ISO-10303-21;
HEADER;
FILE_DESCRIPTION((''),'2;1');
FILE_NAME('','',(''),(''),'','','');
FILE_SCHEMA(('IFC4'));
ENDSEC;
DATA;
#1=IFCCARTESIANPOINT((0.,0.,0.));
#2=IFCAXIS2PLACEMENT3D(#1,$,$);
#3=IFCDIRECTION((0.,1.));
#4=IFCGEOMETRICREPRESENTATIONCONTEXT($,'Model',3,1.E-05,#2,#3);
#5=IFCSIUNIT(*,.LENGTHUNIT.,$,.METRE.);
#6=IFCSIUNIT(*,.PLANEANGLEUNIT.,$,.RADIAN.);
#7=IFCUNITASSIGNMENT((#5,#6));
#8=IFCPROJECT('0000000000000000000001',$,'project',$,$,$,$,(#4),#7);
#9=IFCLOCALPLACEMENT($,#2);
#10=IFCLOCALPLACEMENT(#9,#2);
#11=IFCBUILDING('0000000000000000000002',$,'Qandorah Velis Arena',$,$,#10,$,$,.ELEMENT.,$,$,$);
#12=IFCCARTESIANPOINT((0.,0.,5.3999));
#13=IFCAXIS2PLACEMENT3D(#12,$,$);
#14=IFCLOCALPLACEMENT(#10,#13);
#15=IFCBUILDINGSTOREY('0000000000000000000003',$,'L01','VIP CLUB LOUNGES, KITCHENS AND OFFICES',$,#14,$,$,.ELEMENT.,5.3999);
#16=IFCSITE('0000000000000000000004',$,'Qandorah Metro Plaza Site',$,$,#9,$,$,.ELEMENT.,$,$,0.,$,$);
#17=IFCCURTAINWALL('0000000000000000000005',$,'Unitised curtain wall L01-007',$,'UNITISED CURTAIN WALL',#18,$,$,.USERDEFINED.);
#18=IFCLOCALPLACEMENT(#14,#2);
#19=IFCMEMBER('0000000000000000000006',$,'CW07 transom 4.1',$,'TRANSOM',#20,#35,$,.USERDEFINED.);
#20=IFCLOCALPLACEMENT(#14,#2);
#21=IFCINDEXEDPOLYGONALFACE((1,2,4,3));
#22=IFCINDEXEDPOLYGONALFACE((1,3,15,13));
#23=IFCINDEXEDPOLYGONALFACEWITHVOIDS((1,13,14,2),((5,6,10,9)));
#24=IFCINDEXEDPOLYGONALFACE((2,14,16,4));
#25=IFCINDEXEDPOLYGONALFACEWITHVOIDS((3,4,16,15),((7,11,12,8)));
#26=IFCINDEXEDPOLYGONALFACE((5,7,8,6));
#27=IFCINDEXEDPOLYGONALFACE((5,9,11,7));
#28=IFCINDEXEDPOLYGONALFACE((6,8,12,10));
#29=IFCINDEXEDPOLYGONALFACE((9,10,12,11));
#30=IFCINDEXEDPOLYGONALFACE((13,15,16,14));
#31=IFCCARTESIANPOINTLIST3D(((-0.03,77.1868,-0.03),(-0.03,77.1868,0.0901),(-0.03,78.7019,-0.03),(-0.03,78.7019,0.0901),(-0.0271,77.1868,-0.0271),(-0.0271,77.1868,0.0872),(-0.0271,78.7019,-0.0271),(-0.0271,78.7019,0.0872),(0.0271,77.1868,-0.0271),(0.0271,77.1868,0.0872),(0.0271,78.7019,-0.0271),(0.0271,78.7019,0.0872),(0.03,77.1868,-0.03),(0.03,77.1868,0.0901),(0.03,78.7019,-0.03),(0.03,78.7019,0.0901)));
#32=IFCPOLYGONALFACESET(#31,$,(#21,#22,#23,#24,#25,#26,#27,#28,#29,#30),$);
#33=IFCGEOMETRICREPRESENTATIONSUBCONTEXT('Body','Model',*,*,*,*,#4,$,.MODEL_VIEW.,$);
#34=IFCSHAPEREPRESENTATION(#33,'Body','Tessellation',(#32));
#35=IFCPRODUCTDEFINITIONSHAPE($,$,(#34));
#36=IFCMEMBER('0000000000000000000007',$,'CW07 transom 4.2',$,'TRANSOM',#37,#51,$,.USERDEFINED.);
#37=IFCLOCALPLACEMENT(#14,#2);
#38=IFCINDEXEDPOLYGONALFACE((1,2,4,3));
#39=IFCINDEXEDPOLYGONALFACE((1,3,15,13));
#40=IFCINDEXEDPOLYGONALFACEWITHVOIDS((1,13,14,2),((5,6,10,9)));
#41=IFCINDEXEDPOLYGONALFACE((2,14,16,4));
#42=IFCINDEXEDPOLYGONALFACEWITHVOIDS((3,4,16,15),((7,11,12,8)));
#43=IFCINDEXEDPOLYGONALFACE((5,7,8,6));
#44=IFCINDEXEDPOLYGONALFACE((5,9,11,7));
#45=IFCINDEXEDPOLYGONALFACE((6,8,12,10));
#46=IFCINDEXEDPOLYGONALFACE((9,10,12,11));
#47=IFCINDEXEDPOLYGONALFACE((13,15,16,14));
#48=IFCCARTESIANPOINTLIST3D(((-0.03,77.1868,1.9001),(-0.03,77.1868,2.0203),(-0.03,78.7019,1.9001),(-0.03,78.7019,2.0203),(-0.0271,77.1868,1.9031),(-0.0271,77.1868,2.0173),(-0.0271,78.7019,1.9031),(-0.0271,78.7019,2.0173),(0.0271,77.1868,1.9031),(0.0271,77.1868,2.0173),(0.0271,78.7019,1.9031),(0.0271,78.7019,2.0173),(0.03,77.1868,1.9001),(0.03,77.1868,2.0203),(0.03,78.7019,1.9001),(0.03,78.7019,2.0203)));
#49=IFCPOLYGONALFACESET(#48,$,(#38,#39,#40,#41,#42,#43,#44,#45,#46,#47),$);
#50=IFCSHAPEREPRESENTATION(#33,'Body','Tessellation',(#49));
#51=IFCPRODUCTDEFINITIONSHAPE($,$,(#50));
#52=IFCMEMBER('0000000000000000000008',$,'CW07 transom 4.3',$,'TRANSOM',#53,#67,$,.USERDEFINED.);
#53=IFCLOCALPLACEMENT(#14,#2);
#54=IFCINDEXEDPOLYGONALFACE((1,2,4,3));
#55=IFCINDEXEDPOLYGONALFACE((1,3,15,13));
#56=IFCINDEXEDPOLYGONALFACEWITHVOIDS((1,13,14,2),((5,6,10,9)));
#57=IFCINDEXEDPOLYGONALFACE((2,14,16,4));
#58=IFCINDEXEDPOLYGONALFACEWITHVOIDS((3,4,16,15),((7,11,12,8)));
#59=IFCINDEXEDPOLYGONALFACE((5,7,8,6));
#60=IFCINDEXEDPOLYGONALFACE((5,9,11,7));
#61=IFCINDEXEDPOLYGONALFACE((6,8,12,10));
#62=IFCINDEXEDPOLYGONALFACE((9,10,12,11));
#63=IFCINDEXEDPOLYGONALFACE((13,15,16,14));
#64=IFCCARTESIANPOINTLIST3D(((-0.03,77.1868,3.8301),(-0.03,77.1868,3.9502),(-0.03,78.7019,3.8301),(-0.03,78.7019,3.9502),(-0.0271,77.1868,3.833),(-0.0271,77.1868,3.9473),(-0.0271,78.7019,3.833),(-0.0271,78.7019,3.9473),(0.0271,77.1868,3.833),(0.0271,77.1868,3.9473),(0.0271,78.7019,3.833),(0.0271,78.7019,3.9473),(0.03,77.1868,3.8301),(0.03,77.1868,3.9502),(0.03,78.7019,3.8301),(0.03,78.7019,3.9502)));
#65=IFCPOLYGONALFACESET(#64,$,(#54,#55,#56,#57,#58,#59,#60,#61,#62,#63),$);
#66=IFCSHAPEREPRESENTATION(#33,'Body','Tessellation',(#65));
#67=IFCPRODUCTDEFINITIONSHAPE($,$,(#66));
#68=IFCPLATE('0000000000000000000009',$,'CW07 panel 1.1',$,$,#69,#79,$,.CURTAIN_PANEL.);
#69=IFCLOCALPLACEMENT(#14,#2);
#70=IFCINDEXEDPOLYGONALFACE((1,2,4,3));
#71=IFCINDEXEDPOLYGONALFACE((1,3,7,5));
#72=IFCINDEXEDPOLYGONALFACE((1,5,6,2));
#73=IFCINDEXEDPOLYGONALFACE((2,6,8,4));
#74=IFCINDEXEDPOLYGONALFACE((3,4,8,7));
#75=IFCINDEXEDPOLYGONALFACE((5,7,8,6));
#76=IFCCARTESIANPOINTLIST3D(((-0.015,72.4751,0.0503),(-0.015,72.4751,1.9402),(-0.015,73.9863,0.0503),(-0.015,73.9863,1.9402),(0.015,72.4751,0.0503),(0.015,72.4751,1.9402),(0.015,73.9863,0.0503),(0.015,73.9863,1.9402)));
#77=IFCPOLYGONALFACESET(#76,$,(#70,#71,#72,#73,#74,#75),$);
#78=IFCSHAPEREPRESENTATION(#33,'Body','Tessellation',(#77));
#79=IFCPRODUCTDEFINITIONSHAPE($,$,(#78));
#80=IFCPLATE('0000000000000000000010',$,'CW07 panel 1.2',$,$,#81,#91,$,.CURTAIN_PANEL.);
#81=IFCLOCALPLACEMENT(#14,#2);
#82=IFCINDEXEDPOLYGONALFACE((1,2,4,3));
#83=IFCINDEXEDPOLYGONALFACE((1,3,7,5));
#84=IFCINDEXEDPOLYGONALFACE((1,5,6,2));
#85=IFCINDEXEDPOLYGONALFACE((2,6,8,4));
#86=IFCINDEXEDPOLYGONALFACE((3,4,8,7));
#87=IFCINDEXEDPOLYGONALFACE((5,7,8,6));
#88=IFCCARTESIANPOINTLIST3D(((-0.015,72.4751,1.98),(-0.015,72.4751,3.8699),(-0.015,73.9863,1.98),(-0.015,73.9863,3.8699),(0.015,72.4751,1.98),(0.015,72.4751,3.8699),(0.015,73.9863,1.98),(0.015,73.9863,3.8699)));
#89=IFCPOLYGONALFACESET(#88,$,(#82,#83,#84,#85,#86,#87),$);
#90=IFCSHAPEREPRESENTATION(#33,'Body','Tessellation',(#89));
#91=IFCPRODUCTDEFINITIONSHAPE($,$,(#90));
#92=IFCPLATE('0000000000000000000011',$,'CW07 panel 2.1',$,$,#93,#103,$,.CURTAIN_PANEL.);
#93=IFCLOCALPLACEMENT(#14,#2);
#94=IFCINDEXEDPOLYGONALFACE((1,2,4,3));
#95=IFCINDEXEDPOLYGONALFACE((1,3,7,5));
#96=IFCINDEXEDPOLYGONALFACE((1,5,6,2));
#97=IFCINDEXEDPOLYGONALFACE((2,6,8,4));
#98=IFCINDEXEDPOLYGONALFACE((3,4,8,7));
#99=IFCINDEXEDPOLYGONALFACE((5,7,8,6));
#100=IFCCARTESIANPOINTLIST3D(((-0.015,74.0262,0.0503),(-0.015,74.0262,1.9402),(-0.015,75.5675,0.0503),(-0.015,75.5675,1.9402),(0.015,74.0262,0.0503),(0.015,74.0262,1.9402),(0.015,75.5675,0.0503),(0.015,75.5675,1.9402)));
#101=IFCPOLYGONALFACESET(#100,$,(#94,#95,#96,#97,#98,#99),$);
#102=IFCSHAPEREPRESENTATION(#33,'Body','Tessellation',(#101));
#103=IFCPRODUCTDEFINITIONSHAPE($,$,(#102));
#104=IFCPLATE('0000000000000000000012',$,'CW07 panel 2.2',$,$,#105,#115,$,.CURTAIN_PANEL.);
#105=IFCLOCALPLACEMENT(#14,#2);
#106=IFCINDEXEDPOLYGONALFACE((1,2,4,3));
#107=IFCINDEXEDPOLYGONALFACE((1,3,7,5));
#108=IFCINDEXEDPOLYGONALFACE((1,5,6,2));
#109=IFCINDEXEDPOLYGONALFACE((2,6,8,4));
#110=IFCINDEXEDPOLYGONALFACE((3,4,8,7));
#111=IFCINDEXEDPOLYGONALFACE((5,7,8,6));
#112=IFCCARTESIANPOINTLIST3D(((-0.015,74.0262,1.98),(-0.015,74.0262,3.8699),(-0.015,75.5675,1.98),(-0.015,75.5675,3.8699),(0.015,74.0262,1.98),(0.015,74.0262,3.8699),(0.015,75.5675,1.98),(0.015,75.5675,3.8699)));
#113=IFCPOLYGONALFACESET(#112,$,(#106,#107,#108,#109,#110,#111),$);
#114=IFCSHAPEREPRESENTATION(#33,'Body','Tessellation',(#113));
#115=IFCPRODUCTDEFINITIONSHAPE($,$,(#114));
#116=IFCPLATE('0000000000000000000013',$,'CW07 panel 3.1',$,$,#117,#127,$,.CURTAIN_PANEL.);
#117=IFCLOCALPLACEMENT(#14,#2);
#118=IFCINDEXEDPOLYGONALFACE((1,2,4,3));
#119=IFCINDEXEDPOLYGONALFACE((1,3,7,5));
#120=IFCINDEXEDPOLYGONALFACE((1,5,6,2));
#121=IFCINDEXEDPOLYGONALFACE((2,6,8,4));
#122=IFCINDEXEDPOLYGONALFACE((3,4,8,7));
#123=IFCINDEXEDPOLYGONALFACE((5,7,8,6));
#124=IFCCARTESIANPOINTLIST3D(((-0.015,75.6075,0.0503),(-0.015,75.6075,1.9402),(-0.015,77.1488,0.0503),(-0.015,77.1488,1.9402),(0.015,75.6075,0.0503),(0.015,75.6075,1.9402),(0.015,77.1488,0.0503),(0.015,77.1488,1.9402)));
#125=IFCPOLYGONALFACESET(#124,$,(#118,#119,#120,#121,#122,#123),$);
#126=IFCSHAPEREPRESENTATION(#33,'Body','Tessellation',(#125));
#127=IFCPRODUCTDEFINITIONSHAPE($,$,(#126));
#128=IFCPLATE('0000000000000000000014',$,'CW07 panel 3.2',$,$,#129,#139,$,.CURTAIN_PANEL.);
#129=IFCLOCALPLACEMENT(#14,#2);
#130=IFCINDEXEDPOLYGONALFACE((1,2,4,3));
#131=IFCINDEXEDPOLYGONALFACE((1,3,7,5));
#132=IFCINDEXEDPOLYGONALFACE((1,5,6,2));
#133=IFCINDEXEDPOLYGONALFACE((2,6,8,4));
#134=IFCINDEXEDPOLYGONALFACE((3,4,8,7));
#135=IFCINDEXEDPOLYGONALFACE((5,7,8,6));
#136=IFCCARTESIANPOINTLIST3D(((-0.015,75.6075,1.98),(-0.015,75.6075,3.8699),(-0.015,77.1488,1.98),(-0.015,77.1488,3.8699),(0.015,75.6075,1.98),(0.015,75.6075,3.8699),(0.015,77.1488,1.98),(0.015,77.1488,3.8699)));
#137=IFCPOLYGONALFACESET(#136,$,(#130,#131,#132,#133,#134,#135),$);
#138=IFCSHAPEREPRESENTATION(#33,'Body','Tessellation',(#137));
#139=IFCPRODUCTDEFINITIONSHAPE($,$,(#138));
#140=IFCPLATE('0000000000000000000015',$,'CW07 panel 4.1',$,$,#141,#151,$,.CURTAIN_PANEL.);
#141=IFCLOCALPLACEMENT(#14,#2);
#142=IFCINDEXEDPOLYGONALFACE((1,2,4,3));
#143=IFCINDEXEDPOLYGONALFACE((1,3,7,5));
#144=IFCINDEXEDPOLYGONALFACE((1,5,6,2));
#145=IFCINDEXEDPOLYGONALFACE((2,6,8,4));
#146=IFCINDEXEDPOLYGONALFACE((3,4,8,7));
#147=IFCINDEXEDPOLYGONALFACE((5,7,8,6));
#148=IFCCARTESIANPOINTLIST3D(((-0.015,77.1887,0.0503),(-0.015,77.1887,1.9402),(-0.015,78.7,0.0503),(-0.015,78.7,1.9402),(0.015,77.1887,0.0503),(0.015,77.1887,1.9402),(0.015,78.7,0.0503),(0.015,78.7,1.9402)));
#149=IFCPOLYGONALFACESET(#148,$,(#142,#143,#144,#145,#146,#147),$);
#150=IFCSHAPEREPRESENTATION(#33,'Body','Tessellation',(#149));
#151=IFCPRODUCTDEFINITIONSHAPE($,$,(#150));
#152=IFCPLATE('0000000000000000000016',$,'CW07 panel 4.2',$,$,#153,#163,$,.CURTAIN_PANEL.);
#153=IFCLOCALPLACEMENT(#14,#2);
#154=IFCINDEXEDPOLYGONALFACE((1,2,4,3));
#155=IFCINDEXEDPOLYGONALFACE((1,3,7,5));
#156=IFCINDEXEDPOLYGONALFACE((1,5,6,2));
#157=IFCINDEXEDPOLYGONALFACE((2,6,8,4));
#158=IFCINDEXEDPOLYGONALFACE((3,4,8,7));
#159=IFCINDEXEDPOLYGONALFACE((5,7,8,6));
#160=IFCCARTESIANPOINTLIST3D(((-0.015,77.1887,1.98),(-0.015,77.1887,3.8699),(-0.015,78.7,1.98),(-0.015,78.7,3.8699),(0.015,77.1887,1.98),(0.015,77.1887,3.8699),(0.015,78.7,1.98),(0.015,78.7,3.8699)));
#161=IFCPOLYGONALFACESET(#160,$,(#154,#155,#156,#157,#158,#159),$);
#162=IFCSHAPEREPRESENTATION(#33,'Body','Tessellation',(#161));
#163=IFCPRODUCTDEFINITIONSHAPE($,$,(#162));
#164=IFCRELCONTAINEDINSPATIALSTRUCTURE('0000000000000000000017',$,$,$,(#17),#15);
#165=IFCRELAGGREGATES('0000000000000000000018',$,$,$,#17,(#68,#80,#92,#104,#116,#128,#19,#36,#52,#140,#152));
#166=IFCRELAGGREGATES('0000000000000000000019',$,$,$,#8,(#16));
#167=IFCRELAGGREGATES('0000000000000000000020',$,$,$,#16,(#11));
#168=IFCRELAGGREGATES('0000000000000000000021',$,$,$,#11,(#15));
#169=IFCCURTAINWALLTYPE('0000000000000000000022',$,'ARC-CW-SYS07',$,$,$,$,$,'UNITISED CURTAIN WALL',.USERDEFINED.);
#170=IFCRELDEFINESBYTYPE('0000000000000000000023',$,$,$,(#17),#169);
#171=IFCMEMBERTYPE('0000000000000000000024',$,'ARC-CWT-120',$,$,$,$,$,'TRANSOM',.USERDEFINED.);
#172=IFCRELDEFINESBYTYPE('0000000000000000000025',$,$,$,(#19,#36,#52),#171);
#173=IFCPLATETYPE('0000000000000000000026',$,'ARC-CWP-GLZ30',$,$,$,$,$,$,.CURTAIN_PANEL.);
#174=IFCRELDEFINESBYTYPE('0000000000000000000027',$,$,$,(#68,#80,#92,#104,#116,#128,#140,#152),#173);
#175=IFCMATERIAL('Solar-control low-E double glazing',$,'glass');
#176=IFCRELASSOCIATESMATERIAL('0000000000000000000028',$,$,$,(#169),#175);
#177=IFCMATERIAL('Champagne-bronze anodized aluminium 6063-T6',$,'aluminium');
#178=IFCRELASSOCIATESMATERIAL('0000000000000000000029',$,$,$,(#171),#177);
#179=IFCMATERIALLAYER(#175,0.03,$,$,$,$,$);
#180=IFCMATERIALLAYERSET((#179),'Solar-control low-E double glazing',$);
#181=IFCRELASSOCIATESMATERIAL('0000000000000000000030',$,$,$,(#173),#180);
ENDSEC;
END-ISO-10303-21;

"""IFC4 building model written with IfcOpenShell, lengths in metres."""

from ifc_helpers import new_model, si_unit, direction, frame, origin, origin_2d, place, context, subcontext, project, spatial, rectangle, hollow_rectangle, extrude, material, layer, layer_set, material_profile, profile_set, type_object, element, aggregate, save


model = new_model("IFC4")

# Units and contexts
model_context = context("Model", 3, precision=1e-05, world=origin(), true_north=direction((0.0, 1.0)))
body_context = subcontext(model_context, "Body", "Model", "MODEL_VIEW")
ifc_project = project(units=[si_unit("LENGTHUNIT", "METRE"), si_unit("PLANEANGLEUNIT", "RADIAN")], contexts=[model_context])

# Site, building, storey
site_placement = place(None, origin())
site = spatial("IfcSite", under=ifc_project, at=site_placement, Name="Qandorah Metro Plaza Site", CompositionType="ELEMENT", RefElevation=0.0)
building_placement = place(site_placement, origin())
building = spatial("IfcBuilding", under=site, at=building_placement, Name="Qandorah Velis Arena", CompositionType="ELEMENT")
storey_placement = place(building_placement, frame((0.0, 0.0, 5.3999)))
storey = spatial("IfcBuildingStorey", under=building, at=storey_placement, Name="L01", Description="VIP CLUB LOUNGES, KITCHENS AND OFFICES", CompositionType="ELEMENT", Elevation=5.3999)

# Curtain wall, members, plates
ifc_material_1 = material(Name="Solar-control low-E double glazing", Category="glass")
curtain_wall_type = type_object("IfcCurtainWallType", Name="ARC-CW-SYS07", ElementType="UNITISED CURTAIN WALL", PredefinedType="USERDEFINED", material=ifc_material_1)
curtain_wall_placement = place(storey_placement, origin())
curtain_wall = element("IfcCurtainWall", 1, at=curtain_wall_placement, inside=storey, type_object=curtain_wall_type, Name="Unitised curtain wall L01-007", ObjectType="UNITISED CURTAIN WALL", PredefinedType="USERDEFINED")
ifc_material_2 = material(Name="Champagne-bronze anodized aluminium 6063-T6", Category="aluminium")
ifc_material_profile_1 = material_profile(ifc_material_2, hollow_rectangle(XDim=0.0601, YDim=0.1201, WallThickness=0.0029, at=origin_2d()), Name="ALU TRANSOM 60x120")
ifc_profile_set_1 = profile_set([ifc_material_profile_1], Name="Champagne-bronze anodized aluminium 6063-T6")
member_type_1 = type_object("IfcMemberType", Name="ARC-CWT-120", ElementType="TRANSOM", PredefinedType="USERDEFINED", material=ifc_profile_set_1)
member_1_placement = place(storey_placement, frame((0.0, 77.1868, 0.03), z_axis=(0.0, 1.0, 0.0), x_axis=(-1.0, 0.0, 0.0)))
member_1 = element("IfcMember", 2, at=member_1_placement, type_object=member_type_1, Name="CW07 transom 4.1", ObjectType="TRANSOM", PredefinedType="USERDEFINED", context=body_context, shape_type="SweptSolid", body=[
    extrude(hollow_rectangle(XDim=0.0601, YDim=0.1201, WallThickness=0.0029, at=origin_2d()), origin(), (0.0, 0.0, 1.0), 1.5151),
])
member_2_placement = place(storey_placement, frame((0.0, 77.1868, 1.9602), z_axis=(0.0, 1.0, 0.0), x_axis=(-1.0, 0.0, 0.0)))
member_2 = element("IfcMember", 3, at=member_2_placement, type_object=member_type_1, Name="CW07 transom 4.2", ObjectType="TRANSOM", PredefinedType="USERDEFINED", context=body_context, shape_type="SweptSolid", body=[
    extrude(hollow_rectangle(XDim=0.0601, YDim=0.1201, WallThickness=0.0029, at=origin_2d()), origin(), (0.0, 0.0, 1.0), 1.5151),
])
member_3_placement = place(storey_placement, frame((0.0, 77.1868, 3.8901), z_axis=(0.0, 1.0, 0.0), x_axis=(-1.0, 0.0, 0.0)))
member_3 = element("IfcMember", 4, at=member_3_placement, type_object=member_type_1, Name="CW07 transom 4.3", ObjectType="TRANSOM", PredefinedType="USERDEFINED", context=body_context, shape_type="SweptSolid", body=[
    extrude(hollow_rectangle(XDim=0.0601, YDim=0.1201, WallThickness=0.0029, at=origin_2d()), origin(), (0.0, 0.0, 1.0), 1.5151),
])
ifc_layer = layer(ifc_material_1, 0.03)
ifc_layer_set = layer_set([ifc_layer], Name="Solar-control low-E double glazing")
plate_type = type_object("IfcPlateType", Name="ARC-CWP-GLZ30", PredefinedType="CURTAIN_PANEL", material=ifc_layer_set)
plate_1_placement = place(storey_placement, frame((0.0, 73.2307, 0.0503), z_axis=(0.0, 0.0, 1.0), x_axis=(0.0, 1.0, 0.0)))
plate_1 = element("IfcPlate", 5, at=plate_1_placement, type_object=plate_type, Name="CW07 panel 1.1", PredefinedType="CURTAIN_PANEL", context=body_context, shape_type="SweptSolid", body=[
    extrude(rectangle(XDim=1.5112, YDim=0.03, at=origin_2d()), origin(), (0.0, 0.0, 1.0), 1.8899),
])
plate_2_placement = place(storey_placement, frame((0.0, 73.2307, 1.98), z_axis=(0.0, 0.0, 1.0), x_axis=(0.0, 1.0, 0.0)))
plate_2 = element("IfcPlate", 6, at=plate_2_placement, type_object=plate_type, Name="CW07 panel 1.2", PredefinedType="CURTAIN_PANEL", context=body_context, shape_type="SweptSolid", body=[
    extrude(rectangle(XDim=1.5112, YDim=0.03, at=origin_2d()), origin(), (0.0, 0.0, 1.0), 1.8899),
])
plate_3_placement = place(storey_placement, frame((0.0, 74.7969, 0.0503), z_axis=(0.0, 0.0, 1.0), x_axis=(0.0, 1.0, 0.0)))
plate_3 = element("IfcPlate", 7, at=plate_3_placement, type_object=plate_type, Name="CW07 panel 2.1", PredefinedType="CURTAIN_PANEL", context=body_context, shape_type="SweptSolid", body=[
    extrude(rectangle(XDim=1.5413, YDim=0.03, at=origin_2d()), origin(), (0.0, 0.0, 1.0), 1.8899),
])
plate_4_placement = place(storey_placement, frame((0.0, 74.7969, 1.98), z_axis=(0.0, 0.0, 1.0), x_axis=(0.0, 1.0, 0.0)))
plate_4 = element("IfcPlate", 8, at=plate_4_placement, type_object=plate_type, Name="CW07 panel 2.2", PredefinedType="CURTAIN_PANEL", context=body_context, shape_type="SweptSolid", body=[
    extrude(rectangle(XDim=1.5413, YDim=0.03, at=origin_2d()), origin(), (0.0, 0.0, 1.0), 1.8899),
])
plate_5_placement = place(storey_placement, frame((0.0, 76.3782, 0.0503), z_axis=(0.0, 0.0, 1.0), x_axis=(0.0, 1.0, 0.0)))
plate_5 = element("IfcPlate", 9, at=plate_5_placement, type_object=plate_type, Name="CW07 panel 3.1", PredefinedType="CURTAIN_PANEL", context=body_context, shape_type="SweptSolid", body=[
    extrude(rectangle(XDim=1.5413, YDim=0.03, at=origin_2d()), origin(), (0.0, 0.0, 1.0), 1.8899),
])
plate_6_placement = place(storey_placement, frame((0.0, 76.3782, 1.98), z_axis=(0.0, 0.0, 1.0), x_axis=(0.0, 1.0, 0.0)))
plate_6 = element("IfcPlate", 10, at=plate_6_placement, type_object=plate_type, Name="CW07 panel 3.2", PredefinedType="CURTAIN_PANEL", context=body_context, shape_type="SweptSolid", body=[
    extrude(rectangle(XDim=1.5413, YDim=0.03, at=origin_2d()), origin(), (0.0, 0.0, 1.0), 1.8899),
])
plate_7_placement = place(storey_placement, frame((0.0, 77.9443, 0.0503), z_axis=(0.0, 0.0, 1.0), x_axis=(0.0, 1.0, 0.0)))
plate_7 = element("IfcPlate", 11, at=plate_7_placement, type_object=plate_type, Name="CW07 panel 4.1", PredefinedType="CURTAIN_PANEL", context=body_context, shape_type="SweptSolid", body=[
    extrude(rectangle(XDim=1.5112, YDim=0.03, at=origin_2d()), origin(), (0.0, 0.0, 1.0), 1.8899),
])
plate_8_placement = place(storey_placement, frame((0.0, 77.9443, 1.98), z_axis=(0.0, 0.0, 1.0), x_axis=(0.0, 1.0, 0.0)))
plate_8 = element("IfcPlate", 12, at=plate_8_placement, type_object=plate_type, Name="CW07 panel 4.2", PredefinedType="CURTAIN_PANEL", context=body_context, shape_type="SweptSolid", body=[
    extrude(rectangle(XDim=1.5112, YDim=0.03, at=origin_2d()), origin(), (0.0, 0.0, 1.0), 1.8899),
])
aggregate(curtain_wall, [plate_1, plate_2, plate_3, plate_4, plate_5, plate_6, member_1, member_2, member_3, plate_7, plate_8])

save(model, "model.ifc")
